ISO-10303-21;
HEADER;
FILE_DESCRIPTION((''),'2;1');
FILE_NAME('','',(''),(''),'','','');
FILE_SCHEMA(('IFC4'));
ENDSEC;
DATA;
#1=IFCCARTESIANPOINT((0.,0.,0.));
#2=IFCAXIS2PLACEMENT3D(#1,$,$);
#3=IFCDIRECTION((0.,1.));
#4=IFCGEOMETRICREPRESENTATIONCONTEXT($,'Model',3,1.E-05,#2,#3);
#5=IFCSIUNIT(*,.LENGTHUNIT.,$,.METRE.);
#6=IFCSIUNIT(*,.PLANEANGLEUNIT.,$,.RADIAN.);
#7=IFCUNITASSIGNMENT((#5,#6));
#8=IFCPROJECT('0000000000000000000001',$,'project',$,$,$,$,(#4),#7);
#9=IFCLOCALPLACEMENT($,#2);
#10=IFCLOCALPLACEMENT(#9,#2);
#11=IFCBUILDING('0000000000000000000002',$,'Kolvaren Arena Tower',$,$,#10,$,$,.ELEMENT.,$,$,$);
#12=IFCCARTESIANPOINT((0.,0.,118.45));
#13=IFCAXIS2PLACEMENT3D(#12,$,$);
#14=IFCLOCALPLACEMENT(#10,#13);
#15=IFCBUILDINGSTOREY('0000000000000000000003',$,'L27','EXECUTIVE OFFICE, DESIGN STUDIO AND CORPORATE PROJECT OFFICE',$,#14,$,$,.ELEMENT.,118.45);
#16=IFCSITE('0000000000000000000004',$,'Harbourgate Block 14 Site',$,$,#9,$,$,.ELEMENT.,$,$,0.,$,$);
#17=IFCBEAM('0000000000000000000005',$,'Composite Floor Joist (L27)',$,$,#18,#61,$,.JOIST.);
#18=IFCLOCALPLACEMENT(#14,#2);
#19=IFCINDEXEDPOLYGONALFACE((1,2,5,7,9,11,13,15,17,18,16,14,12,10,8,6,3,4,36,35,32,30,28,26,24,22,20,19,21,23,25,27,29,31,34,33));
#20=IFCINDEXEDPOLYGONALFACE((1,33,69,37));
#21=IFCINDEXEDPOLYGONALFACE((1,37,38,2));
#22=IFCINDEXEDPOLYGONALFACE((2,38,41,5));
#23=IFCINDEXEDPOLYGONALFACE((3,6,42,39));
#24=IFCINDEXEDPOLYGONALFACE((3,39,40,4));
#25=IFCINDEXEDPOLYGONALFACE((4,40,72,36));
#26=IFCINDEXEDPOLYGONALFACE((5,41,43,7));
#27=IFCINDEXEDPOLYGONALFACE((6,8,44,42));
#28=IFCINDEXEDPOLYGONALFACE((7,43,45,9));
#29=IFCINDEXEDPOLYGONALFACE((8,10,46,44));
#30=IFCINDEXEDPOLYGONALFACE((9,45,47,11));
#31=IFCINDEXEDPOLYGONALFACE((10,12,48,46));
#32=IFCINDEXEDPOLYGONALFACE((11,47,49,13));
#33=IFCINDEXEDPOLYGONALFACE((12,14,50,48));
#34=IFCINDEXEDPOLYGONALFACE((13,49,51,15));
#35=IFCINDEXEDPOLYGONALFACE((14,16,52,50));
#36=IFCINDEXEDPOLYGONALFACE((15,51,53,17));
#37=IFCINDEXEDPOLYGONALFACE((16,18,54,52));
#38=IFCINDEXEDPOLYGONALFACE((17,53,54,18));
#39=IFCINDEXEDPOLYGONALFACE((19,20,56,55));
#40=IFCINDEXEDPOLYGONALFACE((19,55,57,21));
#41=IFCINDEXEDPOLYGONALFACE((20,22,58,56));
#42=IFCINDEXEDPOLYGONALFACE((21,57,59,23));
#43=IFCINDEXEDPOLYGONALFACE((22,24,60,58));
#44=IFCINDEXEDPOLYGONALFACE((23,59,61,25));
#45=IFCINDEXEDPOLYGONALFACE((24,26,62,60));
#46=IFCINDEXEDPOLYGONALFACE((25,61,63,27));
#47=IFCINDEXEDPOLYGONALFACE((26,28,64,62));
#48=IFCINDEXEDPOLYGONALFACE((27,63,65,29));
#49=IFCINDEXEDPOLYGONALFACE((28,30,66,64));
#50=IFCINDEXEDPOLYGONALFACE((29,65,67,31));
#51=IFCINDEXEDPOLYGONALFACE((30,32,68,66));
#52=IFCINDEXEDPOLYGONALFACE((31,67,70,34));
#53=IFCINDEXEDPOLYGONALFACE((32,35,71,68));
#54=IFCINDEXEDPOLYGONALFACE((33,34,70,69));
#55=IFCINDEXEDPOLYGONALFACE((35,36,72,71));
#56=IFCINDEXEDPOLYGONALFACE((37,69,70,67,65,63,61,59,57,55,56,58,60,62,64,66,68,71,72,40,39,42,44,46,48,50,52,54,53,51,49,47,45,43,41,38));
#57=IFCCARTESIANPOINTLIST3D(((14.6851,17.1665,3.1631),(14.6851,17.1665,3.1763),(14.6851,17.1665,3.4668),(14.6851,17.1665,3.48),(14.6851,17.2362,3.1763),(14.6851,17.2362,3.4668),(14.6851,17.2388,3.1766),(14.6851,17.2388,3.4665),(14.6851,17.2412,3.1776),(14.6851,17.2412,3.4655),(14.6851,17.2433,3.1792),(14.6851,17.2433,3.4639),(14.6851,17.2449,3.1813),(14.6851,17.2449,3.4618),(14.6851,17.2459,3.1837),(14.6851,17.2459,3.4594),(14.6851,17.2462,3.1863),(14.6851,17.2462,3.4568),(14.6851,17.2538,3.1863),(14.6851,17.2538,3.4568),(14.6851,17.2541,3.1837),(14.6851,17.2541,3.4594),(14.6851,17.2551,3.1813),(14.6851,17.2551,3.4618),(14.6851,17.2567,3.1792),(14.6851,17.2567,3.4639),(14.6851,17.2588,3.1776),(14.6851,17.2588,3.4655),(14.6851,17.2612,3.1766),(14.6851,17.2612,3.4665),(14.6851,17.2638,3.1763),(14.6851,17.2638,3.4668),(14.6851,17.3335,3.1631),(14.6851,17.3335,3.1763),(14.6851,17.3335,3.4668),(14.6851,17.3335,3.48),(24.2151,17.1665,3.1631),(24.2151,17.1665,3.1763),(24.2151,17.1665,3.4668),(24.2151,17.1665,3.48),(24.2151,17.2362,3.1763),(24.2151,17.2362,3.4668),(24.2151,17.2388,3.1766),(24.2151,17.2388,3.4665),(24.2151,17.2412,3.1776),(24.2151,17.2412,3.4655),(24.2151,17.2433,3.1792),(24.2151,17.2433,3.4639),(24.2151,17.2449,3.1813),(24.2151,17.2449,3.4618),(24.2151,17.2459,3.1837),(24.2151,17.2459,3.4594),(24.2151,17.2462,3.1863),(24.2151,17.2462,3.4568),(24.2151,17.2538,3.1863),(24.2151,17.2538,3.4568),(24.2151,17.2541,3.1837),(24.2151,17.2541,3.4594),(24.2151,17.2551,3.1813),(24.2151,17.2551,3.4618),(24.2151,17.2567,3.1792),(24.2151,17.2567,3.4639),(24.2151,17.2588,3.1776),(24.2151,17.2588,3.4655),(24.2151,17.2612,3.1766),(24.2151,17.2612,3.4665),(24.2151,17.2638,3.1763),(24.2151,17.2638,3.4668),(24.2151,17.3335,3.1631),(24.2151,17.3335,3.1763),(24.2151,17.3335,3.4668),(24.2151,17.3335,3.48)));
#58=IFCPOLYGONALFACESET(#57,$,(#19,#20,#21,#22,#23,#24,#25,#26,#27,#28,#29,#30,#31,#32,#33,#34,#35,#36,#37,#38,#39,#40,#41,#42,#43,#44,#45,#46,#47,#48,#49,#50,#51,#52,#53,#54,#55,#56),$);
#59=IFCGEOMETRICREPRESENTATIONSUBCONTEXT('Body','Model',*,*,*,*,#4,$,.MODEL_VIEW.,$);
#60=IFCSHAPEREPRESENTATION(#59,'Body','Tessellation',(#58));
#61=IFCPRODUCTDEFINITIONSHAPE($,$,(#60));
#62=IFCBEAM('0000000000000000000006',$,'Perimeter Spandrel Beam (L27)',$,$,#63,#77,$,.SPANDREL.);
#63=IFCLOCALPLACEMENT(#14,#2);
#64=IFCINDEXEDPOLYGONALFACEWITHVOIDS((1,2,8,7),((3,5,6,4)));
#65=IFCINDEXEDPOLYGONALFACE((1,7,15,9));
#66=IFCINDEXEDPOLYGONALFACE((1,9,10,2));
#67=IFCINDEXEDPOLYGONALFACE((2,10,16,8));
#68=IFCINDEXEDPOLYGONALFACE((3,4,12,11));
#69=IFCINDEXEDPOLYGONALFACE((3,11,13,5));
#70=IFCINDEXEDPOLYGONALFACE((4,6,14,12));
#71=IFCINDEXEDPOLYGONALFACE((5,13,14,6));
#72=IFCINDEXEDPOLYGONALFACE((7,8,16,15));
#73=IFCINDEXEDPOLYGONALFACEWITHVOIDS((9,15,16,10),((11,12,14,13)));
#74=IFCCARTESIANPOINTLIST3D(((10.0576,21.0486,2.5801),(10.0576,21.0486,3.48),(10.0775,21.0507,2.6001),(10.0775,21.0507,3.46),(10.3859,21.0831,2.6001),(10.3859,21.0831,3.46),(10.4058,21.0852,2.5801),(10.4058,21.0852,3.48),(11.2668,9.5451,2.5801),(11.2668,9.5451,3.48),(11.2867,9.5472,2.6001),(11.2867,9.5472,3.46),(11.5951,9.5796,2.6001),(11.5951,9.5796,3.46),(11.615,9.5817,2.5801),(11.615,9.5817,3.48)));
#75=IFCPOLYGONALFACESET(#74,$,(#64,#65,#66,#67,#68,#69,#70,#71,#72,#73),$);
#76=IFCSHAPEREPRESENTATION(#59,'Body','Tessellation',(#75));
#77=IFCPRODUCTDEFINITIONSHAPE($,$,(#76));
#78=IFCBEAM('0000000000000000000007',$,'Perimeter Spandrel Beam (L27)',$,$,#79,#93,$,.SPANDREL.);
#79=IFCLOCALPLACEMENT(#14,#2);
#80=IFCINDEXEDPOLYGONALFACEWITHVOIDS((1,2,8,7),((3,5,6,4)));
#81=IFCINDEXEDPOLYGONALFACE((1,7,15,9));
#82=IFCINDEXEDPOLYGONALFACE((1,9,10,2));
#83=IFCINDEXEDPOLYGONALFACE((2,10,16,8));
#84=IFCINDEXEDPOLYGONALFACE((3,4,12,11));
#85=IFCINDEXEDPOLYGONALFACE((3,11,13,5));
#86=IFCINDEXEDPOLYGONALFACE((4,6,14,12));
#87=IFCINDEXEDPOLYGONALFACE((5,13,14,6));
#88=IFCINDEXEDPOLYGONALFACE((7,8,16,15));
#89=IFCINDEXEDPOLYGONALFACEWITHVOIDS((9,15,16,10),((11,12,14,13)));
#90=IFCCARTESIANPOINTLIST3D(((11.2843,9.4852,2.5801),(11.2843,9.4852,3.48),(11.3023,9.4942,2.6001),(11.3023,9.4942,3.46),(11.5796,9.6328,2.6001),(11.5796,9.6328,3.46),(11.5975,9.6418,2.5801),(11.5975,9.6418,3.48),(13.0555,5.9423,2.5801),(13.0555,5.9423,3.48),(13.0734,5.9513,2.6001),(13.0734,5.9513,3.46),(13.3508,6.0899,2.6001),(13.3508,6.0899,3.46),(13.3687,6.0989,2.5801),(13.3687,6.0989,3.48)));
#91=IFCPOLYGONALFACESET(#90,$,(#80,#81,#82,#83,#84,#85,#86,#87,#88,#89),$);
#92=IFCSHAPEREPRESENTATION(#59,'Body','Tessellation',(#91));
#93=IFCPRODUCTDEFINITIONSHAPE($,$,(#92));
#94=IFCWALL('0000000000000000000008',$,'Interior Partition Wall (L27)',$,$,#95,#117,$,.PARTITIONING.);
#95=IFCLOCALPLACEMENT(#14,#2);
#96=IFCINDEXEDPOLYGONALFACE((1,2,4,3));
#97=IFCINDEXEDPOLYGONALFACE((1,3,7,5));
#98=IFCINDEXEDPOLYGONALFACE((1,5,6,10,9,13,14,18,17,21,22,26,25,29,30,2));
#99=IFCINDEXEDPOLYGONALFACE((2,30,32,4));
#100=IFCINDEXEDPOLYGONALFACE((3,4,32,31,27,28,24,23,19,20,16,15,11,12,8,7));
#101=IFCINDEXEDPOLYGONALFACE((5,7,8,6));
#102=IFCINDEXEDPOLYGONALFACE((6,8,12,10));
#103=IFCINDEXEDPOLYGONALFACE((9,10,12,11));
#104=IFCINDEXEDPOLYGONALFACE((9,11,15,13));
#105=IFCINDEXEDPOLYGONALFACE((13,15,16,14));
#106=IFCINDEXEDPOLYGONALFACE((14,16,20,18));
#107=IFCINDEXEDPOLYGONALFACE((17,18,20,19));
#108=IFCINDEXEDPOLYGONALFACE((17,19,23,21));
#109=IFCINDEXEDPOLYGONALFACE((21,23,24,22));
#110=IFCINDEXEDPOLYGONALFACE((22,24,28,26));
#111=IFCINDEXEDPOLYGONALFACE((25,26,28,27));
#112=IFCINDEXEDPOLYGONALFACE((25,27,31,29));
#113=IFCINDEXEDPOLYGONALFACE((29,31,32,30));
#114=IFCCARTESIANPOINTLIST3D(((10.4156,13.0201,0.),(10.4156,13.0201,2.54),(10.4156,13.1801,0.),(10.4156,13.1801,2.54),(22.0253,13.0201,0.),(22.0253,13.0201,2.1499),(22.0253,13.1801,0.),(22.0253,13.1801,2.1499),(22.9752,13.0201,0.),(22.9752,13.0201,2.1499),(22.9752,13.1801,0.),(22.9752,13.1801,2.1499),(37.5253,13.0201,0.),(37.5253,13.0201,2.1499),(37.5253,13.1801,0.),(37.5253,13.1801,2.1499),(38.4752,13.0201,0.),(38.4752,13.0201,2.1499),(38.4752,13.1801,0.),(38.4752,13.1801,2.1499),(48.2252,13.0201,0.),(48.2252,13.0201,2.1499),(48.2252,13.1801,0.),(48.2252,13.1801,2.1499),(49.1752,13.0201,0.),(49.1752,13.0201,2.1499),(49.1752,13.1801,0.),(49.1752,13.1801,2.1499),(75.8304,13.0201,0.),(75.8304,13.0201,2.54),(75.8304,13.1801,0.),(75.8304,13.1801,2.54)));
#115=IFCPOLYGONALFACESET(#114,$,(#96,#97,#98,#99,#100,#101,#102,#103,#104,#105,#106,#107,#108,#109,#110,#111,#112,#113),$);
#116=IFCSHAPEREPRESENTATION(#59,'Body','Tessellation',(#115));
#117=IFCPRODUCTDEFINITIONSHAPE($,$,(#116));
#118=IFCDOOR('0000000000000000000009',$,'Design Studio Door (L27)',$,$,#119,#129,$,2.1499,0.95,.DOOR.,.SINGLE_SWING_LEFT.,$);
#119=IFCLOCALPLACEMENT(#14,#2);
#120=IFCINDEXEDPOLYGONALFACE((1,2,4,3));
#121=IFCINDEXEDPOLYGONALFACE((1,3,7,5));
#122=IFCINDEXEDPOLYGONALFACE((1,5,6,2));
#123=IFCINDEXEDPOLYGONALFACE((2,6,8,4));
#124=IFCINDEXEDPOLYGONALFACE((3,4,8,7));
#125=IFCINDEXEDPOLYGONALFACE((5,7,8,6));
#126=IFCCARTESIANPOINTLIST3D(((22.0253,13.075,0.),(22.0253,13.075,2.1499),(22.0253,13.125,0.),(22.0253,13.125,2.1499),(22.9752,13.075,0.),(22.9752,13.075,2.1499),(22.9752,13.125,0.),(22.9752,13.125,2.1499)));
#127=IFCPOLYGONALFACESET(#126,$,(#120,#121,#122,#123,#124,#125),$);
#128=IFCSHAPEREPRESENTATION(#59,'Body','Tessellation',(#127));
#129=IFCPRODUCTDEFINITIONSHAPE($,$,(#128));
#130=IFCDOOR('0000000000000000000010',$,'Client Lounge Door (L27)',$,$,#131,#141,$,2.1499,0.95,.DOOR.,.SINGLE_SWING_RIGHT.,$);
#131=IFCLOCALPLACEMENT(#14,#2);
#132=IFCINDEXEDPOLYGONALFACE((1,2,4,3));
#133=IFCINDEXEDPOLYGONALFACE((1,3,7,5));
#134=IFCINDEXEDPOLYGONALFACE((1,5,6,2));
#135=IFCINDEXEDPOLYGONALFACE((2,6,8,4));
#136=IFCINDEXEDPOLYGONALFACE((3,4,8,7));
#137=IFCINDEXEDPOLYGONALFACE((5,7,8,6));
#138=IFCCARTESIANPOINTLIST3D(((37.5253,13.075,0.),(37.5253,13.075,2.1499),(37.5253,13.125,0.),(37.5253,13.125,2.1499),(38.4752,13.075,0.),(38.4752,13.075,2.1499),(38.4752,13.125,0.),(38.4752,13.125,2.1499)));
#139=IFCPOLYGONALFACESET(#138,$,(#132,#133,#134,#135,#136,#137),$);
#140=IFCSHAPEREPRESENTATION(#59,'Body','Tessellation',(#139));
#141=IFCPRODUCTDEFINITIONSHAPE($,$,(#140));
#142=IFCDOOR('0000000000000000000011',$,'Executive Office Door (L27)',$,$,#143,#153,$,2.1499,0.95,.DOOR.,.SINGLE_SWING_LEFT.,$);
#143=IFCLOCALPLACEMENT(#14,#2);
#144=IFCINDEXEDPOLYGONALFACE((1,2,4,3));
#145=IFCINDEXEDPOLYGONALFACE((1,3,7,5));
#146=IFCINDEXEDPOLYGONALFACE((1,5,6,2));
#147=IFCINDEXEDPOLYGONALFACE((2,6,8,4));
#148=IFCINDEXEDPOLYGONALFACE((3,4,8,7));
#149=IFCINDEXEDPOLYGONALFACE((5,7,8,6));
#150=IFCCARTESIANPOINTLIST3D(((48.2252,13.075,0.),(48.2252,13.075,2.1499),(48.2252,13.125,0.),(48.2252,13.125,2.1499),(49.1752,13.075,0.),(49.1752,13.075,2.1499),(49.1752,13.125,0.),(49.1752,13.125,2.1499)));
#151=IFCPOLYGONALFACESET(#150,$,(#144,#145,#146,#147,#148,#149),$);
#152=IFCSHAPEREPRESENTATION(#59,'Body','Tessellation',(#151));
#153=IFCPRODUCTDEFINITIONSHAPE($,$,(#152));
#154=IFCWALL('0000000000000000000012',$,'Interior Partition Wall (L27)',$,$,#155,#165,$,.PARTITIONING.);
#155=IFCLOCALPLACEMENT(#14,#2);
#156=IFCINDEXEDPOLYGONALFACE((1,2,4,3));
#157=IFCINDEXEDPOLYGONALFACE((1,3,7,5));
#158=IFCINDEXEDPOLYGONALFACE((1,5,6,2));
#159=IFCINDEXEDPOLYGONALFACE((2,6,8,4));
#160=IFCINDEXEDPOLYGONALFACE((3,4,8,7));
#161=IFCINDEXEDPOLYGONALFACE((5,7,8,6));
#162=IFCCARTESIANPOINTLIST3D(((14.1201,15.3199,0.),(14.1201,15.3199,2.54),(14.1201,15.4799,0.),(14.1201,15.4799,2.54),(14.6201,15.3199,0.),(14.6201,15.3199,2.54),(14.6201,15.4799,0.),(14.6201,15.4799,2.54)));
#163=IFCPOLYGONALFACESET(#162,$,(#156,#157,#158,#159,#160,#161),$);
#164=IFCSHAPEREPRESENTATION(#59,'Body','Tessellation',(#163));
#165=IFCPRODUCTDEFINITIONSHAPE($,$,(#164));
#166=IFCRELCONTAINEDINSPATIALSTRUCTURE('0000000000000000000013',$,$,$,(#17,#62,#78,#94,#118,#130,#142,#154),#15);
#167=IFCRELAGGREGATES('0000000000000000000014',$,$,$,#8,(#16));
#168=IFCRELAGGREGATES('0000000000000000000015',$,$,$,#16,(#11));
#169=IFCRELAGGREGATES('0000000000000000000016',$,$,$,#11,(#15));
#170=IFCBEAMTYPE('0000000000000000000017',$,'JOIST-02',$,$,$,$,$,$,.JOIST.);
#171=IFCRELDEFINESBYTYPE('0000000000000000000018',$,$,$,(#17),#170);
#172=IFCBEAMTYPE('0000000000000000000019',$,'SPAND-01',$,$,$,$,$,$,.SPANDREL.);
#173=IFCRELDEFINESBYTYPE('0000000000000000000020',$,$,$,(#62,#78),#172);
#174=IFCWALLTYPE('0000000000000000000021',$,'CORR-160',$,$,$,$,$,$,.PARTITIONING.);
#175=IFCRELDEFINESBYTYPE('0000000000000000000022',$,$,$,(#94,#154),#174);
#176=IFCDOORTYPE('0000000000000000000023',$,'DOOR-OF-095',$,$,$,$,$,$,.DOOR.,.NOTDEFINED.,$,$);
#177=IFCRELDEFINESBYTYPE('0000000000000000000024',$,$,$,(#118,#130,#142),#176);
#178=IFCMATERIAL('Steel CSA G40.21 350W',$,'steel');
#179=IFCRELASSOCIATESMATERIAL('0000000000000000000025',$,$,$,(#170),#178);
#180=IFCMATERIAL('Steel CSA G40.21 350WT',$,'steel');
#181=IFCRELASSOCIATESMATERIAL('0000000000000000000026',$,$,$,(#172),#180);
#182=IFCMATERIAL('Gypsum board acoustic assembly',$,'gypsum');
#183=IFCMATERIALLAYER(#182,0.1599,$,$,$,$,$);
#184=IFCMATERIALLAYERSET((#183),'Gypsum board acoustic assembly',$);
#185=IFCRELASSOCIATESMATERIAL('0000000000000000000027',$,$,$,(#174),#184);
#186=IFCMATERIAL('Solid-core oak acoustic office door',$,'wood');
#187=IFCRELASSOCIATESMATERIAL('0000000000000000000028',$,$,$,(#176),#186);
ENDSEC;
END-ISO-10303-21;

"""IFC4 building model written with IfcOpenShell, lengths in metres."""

from ifc_helpers import new_model, si_unit, direction, frame, frame_2d, origin, origin_2d, place, context, subcontext, project, spatial, rectangle, hollow_rectangle, i_section, extrude, material, layer, layer_set, material_profile, profile_set, type_object, element, fill, save


model = new_model("IFC4")

# Units and contexts
model_context = context("Model", 3, precision=1e-05, world=origin(), true_north=direction((0.0, 1.0)))
body_context = subcontext(model_context, "Body", "Model", "MODEL_VIEW")
ifc_project = project(units=[si_unit("LENGTHUNIT", "METRE"), si_unit("PLANEANGLEUNIT", "RADIAN")], contexts=[model_context])

# Site, building, storey
site_placement = place(None, origin())
site = spatial("IfcSite", under=ifc_project, at=site_placement, Name="Harbourgate Block 14 Site", CompositionType="ELEMENT", RefElevation=0.0)
building_placement = place(site_placement, origin())
building = spatial("IfcBuilding", under=site, at=building_placement, Name="Kolvaren Arena Tower", CompositionType="ELEMENT")
storey_placement = place(building_placement, frame((0.0, 0.0, 118.45)))
storey = spatial("IfcBuildingStorey", under=building, at=storey_placement, Name="L27", Description="EXECUTIVE OFFICE, DESIGN STUDIO AND CORPORATE PROJECT OFFICE", CompositionType="ELEMENT", Elevation=118.45)

# Beams
ifc_material_1 = material(Name="Steel CSA G40.21 350W", Category="steel")
ifc_material_profile_1 = material_profile(ifc_material_1, i_section(OverallWidth=0.167, OverallDepth=0.3169, WebThickness=0.0076, FlangeThickness=0.0132, FilletRadius=0.01, at=origin_2d()), Name="W310x52")
ifc_profile_set_1 = profile_set([ifc_material_profile_1], Name="Steel CSA G40.21 350W")
beam_type_1 = type_object("IfcBeamType", Name="JOIST-02", PredefinedType="JOIST", material=ifc_profile_set_1)
beam_1_placement = place(storey_placement, frame((14.6851, 17.25, 3.3215), z_axis=(1.0, 0.0, 0.0), x_axis=(0.0, 1.0, 0.0)))
element("IfcBeam", 1, at=beam_1_placement, inside=storey, type_object=beam_type_1, Name="Composite Floor Joist (L27)", PredefinedType="JOIST", context=body_context, shape_type="SweptSolid", body=[
    extrude(i_section(OverallWidth=0.167, OverallDepth=0.3169, WebThickness=0.0076, FlangeThickness=0.0132, FilletRadius=0.01, at=origin_2d()), origin(), (0.0, 0.0, 1.0), 9.53),
])
ifc_material_2 = material(Name="Steel CSA G40.21 350WT", Category="steel")
ifc_material_profile_2 = material_profile(ifc_material_2, hollow_rectangle(XDim=0.3501, YDim=0.8999, WallThickness=0.02, at=origin_2d()), Name="HSS 900x350x20")
ifc_profile_set_2 = profile_set([ifc_material_profile_2], Name="Steel CSA G40.21 350WT")
beam_type_2 = type_object("IfcBeamType", Name="SPAND-01", PredefinedType="SPANDREL", material=ifc_profile_set_2)
beam_2_placement = place(storey_placement, frame((10.2317, 21.0669, 3.03), z_axis=(0.104543, -0.99452, 0.0), x_axis=(0.99452, 0.104543, 0.0)))
element("IfcBeam", 2, at=beam_2_placement, inside=storey, type_object=beam_type_2, Name="Perimeter Spandrel Beam (L27)", PredefinedType="SPANDREL", context=body_context, shape_type="SweptSolid", body=[
    extrude(hollow_rectangle(XDim=0.3501, YDim=0.8999, WallThickness=0.02, at=origin_2d()), origin(), (0.0, 0.0, 1.0), 11.5669),
])
beam_3_placement = place(storey_placement, frame((11.4409, 9.5635, 3.03), z_axis=(0.447164, -0.894452, 0.0), x_axis=(0.894452, 0.447164, 0.0)))
element("IfcBeam", 3, at=beam_3_placement, inside=storey, type_object=beam_type_2, Name="Perimeter Spandrel Beam (L27)", PredefinedType="SPANDREL", context=body_context, shape_type="SweptSolid", body=[
    extrude(hollow_rectangle(XDim=0.3501, YDim=0.8999, WallThickness=0.02, at=origin_2d()), origin(), (0.0, 0.0, 1.0), 3.9609),
])

# Wall, openings, doors
ifc_material_3 = material(Name="Gypsum board acoustic assembly", Category="gypsum")
ifc_layer_1 = layer(ifc_material_3, 0.1599)
ifc_layer_set_1 = layer_set([ifc_layer_1], Name="Gypsum board acoustic assembly")
wall_type_1 = type_object("IfcWallType", Name="CORR-160", PredefinedType="PARTITIONING", material=ifc_layer_set_1)
wall_1_placement = place(storey_placement, frame((10.4155, 13.1001, 0.0), z_axis=(0.0, 0.0, 1.0), x_axis=(1.0, 0.0, 0.0)))
wall_1 = element("IfcWall", 4, at=wall_1_placement, inside=storey, type_object=wall_type_1, Name="Interior Partition Wall (L27)", PredefinedType="PARTITIONING", context=body_context, shape_type="SweptSolid", body=[
    extrude(rectangle(XDim=65.4148, YDim=0.1599, at=frame_2d((32.7075, 0.0))), origin(), (0.0, 0.0, 1.0), 2.54),
])
opening_1_placement = place(wall_1_placement, frame((11.6096, 0.0, 0.0)))
opening_1 = element("IfcOpeningElement", 5, at=opening_1_placement, cuts=wall_1, PredefinedType="OPENING", context=body_context, shape_type="SweptSolid", body=[
    extrude(rectangle(XDim=0.95, YDim=2.1499, at=frame_2d((0.4751, 1.075))), frame((0.0, 0.0898, 0.0), z_axis=(0.0, -1.0, 0.0), x_axis=(1.0, 0.0, 0.0)), (0.0, 0.0, 1.0), 0.1799),
])
opening_2_placement = place(wall_1_placement, frame((27.1096, 0.0, 0.0)))
opening_2 = element("IfcOpeningElement", 6, at=opening_2_placement, cuts=wall_1, PredefinedType="OPENING", context=body_context, shape_type="SweptSolid", body=[
    extrude(rectangle(XDim=0.95, YDim=2.1499, at=frame_2d((0.4751, 1.075))), frame((0.0, 0.0898, 0.0), z_axis=(0.0, -1.0, 0.0), x_axis=(1.0, 0.0, 0.0)), (0.0, 0.0, 1.0), 0.1799),
])
opening_3_placement = place(wall_1_placement, frame((37.8096, 0.0, 0.0)))
opening_3 = element("IfcOpeningElement", 7, at=opening_3_placement, cuts=wall_1, PredefinedType="OPENING", context=body_context, shape_type="SweptSolid", body=[
    extrude(rectangle(XDim=0.95, YDim=2.1499, at=frame_2d((0.4751, 1.075))), frame((0.0, 0.0898, 0.0), z_axis=(0.0, -1.0, 0.0), x_axis=(1.0, 0.0, 0.0)), (0.0, 0.0, 1.0), 0.1799),
])
ifc_material_4 = material(Name="Solid-core oak acoustic office door", Category="wood")
door_type_1 = type_object("IfcDoorType", Name="DOOR-OF-095", OperationType="NOTDEFINED", PredefinedType="DOOR", material=ifc_material_4)
door_1_placement = place(opening_1_placement, origin())
door_1 = element("IfcDoor", 8, at=door_1_placement, inside=storey, type_object=door_type_1, Name="Design Studio Door (L27)", OperationType="SINGLE_SWING_LEFT", OverallHeight=2.1499, OverallWidth=0.95, PredefinedType="DOOR", context=body_context, shape_type="SweptSolid", body=[
    extrude(rectangle(XDim=0.95, YDim=2.1499, at=frame_2d((0.4751, 1.075))), frame((0.0, 0.0249, 0.0), z_axis=(0.0, -1.0, 0.0), x_axis=(1.0, 0.0, 0.0)), (0.0, 0.0, 1.0), 0.05),
])
fill(opening_1, door_1)
door_2_placement = place(opening_2_placement, origin())
door_2 = element("IfcDoor", 9, at=door_2_placement, inside=storey, type_object=door_type_1, Name="Client Lounge Door (L27)", OperationType="SINGLE_SWING_RIGHT", OverallHeight=2.1499, OverallWidth=0.95, PredefinedType="DOOR", context=body_context, shape_type="SweptSolid", body=[
    extrude(rectangle(XDim=0.95, YDim=2.1499, at=frame_2d((0.4751, 1.075))), frame((0.0, 0.0249, 0.0), z_axis=(0.0, -1.0, 0.0), x_axis=(1.0, 0.0, 0.0)), (0.0, 0.0, 1.0), 0.05),
])
fill(opening_2, door_2)
door_3_placement = place(opening_3_placement, origin())
door_3 = element("IfcDoor", 10, at=door_3_placement, inside=storey, type_object=door_type_1, Name="Executive Office Door (L27)", OperationType="SINGLE_SWING_LEFT", OverallHeight=2.1499, OverallWidth=0.95, PredefinedType="DOOR", context=body_context, shape_type="SweptSolid", body=[
    extrude(rectangle(XDim=0.95, YDim=2.1499, at=frame_2d((0.4751, 1.075))), frame((0.0, 0.0249, 0.0), z_axis=(0.0, -1.0, 0.0), x_axis=(1.0, 0.0, 0.0)), (0.0, 0.0, 1.0), 0.05),
])
fill(opening_3, door_3)

# Wall
wall_2_placement = place(storey_placement, frame((14.1201, 15.3999, 0.0), z_axis=(0.0, 0.0, 1.0), x_axis=(1.0, 0.0, 0.0)))
element("IfcWall", 11, at=wall_2_placement, inside=storey, type_object=wall_type_1, Name="Interior Partition Wall (L27)", PredefinedType="PARTITIONING", context=body_context, shape_type="SweptSolid", body=[
    extrude(rectangle(XDim=0.5, YDim=0.1599, at=frame_2d((0.25, 0.0))), origin(), (0.0, 0.0, 1.0), 2.54),
])

save(model, "model.ifc")
